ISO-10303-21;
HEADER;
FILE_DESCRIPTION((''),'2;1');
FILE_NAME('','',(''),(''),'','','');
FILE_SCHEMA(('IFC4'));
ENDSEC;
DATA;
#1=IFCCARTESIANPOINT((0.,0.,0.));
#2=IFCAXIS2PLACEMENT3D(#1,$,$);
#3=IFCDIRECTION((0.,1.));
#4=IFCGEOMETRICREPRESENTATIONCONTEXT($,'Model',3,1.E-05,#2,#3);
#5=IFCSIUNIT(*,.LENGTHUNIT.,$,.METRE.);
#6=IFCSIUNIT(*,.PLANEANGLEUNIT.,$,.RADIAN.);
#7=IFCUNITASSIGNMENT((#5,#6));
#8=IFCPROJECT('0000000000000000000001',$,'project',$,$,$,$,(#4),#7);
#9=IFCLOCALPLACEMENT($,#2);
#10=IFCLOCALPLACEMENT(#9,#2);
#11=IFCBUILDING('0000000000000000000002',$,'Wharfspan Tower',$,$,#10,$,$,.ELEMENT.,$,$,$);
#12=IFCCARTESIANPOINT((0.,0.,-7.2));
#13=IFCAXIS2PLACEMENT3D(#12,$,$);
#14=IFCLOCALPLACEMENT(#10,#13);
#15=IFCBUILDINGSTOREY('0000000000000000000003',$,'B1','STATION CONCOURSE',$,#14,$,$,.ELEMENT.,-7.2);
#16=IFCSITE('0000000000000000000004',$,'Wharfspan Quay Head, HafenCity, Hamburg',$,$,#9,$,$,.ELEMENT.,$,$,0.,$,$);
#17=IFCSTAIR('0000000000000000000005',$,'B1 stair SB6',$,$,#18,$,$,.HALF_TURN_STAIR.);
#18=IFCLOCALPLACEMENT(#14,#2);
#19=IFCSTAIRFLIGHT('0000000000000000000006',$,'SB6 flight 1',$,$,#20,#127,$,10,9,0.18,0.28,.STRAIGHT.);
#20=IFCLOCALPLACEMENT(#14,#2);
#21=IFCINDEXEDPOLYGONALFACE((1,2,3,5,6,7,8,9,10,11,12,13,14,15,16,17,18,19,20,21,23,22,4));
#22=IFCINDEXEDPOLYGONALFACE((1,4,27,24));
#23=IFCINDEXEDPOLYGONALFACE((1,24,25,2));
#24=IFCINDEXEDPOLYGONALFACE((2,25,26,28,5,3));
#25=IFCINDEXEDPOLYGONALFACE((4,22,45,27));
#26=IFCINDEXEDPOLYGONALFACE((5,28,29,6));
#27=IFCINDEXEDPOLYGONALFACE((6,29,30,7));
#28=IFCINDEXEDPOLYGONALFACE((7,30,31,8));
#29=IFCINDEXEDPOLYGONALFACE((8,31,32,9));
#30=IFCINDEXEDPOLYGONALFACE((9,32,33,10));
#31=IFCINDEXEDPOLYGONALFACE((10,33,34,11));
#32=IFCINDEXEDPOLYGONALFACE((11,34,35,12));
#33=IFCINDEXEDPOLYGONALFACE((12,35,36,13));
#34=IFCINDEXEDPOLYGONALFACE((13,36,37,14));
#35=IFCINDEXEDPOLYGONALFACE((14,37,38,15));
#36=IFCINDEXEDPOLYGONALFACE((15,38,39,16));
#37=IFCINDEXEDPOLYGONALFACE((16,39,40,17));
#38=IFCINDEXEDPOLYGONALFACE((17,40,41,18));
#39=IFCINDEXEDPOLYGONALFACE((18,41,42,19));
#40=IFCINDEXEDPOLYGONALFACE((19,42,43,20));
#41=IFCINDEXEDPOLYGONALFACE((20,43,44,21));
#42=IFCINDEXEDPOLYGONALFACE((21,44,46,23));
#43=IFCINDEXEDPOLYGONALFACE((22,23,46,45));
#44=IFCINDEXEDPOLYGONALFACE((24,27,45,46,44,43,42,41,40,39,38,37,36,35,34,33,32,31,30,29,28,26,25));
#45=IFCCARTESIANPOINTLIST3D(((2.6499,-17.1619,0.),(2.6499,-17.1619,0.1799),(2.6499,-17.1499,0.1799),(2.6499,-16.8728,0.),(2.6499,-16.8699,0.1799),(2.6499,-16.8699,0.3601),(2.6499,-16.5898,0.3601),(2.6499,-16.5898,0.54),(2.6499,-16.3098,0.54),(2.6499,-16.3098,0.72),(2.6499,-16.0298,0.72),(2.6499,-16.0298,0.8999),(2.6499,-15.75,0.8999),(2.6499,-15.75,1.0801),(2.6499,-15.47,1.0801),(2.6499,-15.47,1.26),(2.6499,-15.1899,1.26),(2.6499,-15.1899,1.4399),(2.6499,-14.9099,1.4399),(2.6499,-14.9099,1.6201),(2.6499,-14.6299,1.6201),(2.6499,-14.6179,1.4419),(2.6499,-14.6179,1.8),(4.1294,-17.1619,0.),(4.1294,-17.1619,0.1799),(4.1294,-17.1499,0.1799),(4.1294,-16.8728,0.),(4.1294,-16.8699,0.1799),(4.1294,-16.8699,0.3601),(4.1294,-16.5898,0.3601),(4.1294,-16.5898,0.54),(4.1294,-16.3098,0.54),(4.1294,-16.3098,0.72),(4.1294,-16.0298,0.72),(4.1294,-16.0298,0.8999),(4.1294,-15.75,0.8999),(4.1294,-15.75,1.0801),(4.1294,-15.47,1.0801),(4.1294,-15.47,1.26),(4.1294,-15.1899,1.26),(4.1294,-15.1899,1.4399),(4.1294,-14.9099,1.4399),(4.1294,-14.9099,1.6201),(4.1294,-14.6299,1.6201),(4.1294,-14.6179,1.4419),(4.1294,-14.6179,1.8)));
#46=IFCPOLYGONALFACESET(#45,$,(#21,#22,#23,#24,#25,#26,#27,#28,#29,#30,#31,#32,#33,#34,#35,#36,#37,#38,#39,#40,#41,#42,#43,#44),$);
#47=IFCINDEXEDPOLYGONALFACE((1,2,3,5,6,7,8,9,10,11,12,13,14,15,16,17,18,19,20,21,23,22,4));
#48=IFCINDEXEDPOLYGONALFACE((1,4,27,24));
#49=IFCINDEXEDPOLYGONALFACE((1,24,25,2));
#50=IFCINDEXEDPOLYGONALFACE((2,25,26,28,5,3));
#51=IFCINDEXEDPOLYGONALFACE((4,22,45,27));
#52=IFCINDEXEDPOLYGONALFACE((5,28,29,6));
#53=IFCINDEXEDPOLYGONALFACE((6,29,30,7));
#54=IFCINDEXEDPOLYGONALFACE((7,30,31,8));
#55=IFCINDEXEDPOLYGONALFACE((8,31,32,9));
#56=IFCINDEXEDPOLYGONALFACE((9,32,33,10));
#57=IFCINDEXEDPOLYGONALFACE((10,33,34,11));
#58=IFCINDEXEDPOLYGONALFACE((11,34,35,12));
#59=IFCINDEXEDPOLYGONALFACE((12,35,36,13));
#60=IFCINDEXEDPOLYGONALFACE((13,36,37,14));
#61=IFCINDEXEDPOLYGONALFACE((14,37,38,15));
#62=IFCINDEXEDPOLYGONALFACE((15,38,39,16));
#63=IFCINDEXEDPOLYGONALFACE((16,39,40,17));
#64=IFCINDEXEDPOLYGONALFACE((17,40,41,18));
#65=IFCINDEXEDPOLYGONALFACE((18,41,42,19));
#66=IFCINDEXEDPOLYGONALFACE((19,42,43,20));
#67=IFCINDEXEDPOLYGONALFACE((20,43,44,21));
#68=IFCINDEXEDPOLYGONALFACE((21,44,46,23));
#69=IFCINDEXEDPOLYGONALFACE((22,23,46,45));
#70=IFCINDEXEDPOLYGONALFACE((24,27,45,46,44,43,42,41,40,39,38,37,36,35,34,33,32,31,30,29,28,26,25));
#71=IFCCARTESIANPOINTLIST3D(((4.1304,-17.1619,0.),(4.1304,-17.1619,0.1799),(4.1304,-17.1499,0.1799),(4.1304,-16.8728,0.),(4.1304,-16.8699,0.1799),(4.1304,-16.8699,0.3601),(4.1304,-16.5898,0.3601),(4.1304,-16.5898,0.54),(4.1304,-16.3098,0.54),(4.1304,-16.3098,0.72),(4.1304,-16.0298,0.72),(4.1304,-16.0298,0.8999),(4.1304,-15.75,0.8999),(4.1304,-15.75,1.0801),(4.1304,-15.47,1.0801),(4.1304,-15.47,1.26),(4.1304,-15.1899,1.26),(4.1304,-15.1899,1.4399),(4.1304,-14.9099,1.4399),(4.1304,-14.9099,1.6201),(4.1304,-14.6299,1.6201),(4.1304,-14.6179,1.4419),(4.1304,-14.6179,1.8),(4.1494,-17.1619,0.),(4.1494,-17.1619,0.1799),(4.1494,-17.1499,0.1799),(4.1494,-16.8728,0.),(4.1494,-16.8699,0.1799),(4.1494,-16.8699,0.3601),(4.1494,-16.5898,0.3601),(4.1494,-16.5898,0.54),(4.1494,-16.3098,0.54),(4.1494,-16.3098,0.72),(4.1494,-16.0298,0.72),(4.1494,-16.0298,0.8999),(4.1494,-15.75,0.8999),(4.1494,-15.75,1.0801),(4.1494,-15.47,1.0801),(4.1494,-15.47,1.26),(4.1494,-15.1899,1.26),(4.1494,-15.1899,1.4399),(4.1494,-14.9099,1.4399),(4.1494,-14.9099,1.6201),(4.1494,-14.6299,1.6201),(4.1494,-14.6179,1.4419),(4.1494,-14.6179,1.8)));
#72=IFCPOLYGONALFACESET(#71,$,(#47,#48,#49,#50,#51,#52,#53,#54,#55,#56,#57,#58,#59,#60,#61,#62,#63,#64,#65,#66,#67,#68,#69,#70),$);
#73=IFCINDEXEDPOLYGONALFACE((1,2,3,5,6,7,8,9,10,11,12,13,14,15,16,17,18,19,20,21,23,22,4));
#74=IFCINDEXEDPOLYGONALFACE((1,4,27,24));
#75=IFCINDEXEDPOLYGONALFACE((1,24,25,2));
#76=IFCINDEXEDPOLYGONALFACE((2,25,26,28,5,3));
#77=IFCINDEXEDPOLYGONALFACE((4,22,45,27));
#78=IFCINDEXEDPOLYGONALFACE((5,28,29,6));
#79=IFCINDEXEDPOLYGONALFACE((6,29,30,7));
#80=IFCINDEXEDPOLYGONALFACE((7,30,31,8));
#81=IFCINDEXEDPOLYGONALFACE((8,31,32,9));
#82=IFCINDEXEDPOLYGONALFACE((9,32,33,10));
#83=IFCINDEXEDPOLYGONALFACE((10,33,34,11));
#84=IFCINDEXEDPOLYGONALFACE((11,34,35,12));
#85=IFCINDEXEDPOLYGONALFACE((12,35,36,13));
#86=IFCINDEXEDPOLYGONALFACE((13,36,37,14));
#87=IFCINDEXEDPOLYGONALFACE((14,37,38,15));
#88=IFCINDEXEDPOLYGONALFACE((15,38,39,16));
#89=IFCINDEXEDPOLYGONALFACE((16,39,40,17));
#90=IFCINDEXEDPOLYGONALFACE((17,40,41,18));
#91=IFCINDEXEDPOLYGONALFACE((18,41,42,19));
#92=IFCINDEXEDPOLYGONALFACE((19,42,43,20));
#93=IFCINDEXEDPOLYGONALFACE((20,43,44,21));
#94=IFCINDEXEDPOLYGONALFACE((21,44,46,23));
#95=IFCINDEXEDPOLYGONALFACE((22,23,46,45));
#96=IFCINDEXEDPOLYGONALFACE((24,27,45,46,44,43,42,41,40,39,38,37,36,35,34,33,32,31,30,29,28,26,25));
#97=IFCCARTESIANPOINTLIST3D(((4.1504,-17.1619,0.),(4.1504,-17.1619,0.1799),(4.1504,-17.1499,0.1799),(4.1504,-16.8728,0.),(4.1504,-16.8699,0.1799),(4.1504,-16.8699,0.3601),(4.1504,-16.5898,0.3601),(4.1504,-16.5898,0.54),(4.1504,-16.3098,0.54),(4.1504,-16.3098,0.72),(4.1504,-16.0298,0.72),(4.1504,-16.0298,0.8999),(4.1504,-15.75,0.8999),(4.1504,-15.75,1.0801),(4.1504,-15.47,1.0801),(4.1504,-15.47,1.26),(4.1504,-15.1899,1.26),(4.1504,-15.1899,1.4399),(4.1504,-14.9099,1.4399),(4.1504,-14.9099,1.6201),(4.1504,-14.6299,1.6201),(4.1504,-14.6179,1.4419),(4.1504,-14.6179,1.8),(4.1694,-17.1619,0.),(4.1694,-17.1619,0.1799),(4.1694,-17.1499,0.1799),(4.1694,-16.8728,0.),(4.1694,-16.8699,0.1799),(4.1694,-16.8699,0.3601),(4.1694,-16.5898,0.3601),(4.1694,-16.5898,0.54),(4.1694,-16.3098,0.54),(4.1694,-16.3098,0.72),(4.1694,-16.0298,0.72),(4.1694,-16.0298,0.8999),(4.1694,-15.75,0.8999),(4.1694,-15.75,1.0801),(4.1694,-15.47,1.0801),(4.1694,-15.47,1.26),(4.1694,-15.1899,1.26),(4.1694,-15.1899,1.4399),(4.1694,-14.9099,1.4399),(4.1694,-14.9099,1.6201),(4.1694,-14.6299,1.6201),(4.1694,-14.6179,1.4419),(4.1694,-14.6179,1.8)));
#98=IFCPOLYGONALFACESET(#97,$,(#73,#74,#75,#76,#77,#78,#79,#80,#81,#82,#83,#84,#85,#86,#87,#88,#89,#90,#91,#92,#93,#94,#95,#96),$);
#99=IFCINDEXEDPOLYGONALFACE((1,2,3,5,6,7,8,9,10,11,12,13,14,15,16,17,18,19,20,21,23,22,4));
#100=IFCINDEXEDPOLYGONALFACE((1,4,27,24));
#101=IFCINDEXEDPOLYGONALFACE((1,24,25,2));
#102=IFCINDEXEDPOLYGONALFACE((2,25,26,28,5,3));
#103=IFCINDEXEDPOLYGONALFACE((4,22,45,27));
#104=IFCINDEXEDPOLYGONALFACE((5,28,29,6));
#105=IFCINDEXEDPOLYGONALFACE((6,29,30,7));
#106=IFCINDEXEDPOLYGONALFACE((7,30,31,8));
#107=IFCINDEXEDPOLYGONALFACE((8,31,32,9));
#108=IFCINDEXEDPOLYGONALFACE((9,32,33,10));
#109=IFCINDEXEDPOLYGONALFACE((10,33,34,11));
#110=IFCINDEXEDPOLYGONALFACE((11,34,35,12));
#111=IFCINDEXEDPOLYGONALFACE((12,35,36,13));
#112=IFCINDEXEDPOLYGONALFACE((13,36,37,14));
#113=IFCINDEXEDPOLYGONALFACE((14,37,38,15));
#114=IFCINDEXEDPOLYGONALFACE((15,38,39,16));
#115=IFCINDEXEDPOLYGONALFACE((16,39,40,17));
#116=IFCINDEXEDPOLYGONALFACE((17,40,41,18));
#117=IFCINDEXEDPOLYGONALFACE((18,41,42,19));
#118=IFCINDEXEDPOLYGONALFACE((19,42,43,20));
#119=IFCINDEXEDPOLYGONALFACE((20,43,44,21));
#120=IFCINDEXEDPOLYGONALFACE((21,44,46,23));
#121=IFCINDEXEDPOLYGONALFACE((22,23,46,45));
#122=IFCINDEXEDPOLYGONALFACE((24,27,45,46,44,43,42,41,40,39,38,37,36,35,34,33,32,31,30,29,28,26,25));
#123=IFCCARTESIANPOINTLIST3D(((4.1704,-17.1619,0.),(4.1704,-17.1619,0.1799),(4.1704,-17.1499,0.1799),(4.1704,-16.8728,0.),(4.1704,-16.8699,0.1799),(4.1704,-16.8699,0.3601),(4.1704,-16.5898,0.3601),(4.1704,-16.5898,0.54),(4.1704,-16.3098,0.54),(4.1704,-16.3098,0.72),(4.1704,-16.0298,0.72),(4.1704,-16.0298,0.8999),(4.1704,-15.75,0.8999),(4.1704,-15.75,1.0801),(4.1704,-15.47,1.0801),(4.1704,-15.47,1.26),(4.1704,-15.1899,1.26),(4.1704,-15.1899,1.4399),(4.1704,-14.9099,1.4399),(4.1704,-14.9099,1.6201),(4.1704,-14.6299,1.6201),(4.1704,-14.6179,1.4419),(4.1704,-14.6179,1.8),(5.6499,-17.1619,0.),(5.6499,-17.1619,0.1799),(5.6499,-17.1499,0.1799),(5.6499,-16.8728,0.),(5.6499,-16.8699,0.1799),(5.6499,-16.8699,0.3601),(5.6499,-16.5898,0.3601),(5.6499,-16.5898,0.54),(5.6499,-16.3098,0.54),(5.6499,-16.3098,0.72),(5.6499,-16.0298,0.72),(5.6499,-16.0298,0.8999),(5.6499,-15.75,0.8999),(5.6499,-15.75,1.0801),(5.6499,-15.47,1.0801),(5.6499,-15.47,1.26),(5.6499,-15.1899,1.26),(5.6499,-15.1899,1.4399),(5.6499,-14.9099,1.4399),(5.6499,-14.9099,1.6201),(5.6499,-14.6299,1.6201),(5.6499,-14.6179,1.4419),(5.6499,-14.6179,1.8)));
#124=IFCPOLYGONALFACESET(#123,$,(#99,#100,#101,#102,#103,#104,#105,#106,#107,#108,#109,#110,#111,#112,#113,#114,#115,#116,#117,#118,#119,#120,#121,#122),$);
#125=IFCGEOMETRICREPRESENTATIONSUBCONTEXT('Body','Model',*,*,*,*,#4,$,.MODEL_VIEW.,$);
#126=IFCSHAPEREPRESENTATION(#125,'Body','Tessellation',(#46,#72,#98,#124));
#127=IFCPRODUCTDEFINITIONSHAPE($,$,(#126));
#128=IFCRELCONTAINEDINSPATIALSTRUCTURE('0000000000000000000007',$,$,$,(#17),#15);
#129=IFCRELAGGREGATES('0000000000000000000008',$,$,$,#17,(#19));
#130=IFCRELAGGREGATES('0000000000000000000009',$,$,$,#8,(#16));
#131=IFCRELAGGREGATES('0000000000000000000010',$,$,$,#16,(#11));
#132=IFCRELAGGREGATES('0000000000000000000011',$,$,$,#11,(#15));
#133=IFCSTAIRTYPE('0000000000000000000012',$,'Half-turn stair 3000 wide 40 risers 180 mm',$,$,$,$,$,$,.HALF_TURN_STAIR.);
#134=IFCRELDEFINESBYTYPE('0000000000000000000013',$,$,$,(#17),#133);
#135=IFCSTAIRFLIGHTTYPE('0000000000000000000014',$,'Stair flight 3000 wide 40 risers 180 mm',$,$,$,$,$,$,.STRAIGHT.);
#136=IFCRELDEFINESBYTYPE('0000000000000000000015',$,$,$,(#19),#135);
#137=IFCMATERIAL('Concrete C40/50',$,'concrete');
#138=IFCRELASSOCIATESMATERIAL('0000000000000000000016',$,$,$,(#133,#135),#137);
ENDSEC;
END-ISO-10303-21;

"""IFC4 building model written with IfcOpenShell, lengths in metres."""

from ifc_helpers import new_model, si_unit, direction, frame, origin, place, context, subcontext, project, spatial, polyline, outline, extrude, material, type_object, element, aggregate, save


model = new_model("IFC4")

# Units and contexts
model_context = context("Model", 3, precision=1e-05, world=origin(), true_north=direction((0.0, 1.0)))
body_context = subcontext(model_context, "Body", "Model", "MODEL_VIEW")
ifc_project = project(units=[si_unit("LENGTHUNIT", "METRE"), si_unit("PLANEANGLEUNIT", "RADIAN")], contexts=[model_context])

# Site, building, storey
site_placement = place(None, origin())
site = spatial("IfcSite", under=ifc_project, at=site_placement, Name="Wharfspan Quay Head, HafenCity, Hamburg", CompositionType="ELEMENT", RefElevation=0.0)
building_placement = place(site_placement, origin())
building = spatial("IfcBuilding", under=site, at=building_placement, Name="Wharfspan Tower", CompositionType="ELEMENT")
storey_placement = place(building_placement, frame((0.0, 0.0, -7.2)))
storey = spatial("IfcBuildingStorey", under=building, at=storey_placement, Name="B1", Description="STATION CONCOURSE", CompositionType="ELEMENT", Elevation=-7.2)

# Stair, stair flight
ifc_material_1 = material(Name="Concrete C40/50", Category="concrete")
stair_type = type_object("IfcStairType", Name="Half-turn stair 3000 wide 40 risers 180 mm", PredefinedType="HALF_TURN_STAIR", material=ifc_material_1)
stair_placement = place(storey_placement, origin())
stair = element("IfcStair", 1, at=stair_placement, inside=storey, type_object=stair_type, Name="B1 stair SB6", PredefinedType="HALF_TURN_STAIR")
stair_flight_type = type_object("IfcStairFlightType", Name="Stair flight 3000 wide 40 risers 180 mm", PredefinedType="STRAIGHT", material=ifc_material_1)
stair_flight_1_placement = place(storey_placement, frame((4.1499, -17.1499, 0.0), z_axis=(0.0, 0.0, 1.0), x_axis=(0.0, 1.0, 0.0)))
stair_flight_1 = element("IfcStairFlight", 2, at=stair_flight_1_placement, type_object=stair_flight_type, Name="SB6 flight 1", NumberOfRisers=10, NumberOfTreads=9, PredefinedType="STRAIGHT", RiserHeight=0.18, TreadLength=0.28, context=body_context, shape_type="SweptSolid", body=[
    extrude(outline(polyline([(-0.012, 0.0), (-0.012, 0.1799), (0.0, 0.1799), (0.28, 0.1799), (0.28, 0.3601), (0.5601, 0.3601), (0.5601, 0.54), (0.8401, 0.54), (0.8401, 0.72), (1.1201, 0.72), (1.1201, 0.8999), (1.3999, 0.8999), (1.3999, 1.0801), (1.6799, 1.0801), (1.6799, 1.26), (1.96, 1.26), (1.96, 1.4399), (2.24, 1.4399), (2.24, 1.6201), (2.52, 1.6201), (2.532, 1.8), (2.532, 1.4419), (0.2771, 0.0), (-0.012, 0.0)])), frame((0.0, 1.5, 0.0), z_axis=(0.0, -1.0, 0.0), x_axis=(1.0, 0.0, 0.0)), (0.0, 0.0, 1.0), 1.4795),
    extrude(outline(polyline([(-0.012, 0.0), (-0.012, 0.1799), (0.0, 0.1799), (0.28, 0.1799), (0.28, 0.3601), (0.5601, 0.3601), (0.5601, 0.54), (0.8401, 0.54), (0.8401, 0.72), (1.1201, 0.72), (1.1201, 0.8999), (1.3999, 0.8999), (1.3999, 1.0801), (1.6799, 1.0801), (1.6799, 1.26), (1.96, 1.26), (1.96, 1.4399), (2.24, 1.4399), (2.24, 1.6201), (2.52, 1.6201), (2.532, 1.8), (2.532, 1.4419), (0.2771, 0.0), (-0.012, 0.0)])), frame((0.0, 0.0195, 0.0), z_axis=(0.0, -1.0, 0.0), x_axis=(1.0, 0.0, 0.0)), (0.0, 0.0, 1.0), 0.019),
    extrude(outline(polyline([(-0.012, 0.0), (-0.012, 0.1799), (0.0, 0.1799), (0.28, 0.1799), (0.28, 0.3601), (0.5601, 0.3601), (0.5601, 0.54), (0.8401, 0.54), (0.8401, 0.72), (1.1201, 0.72), (1.1201, 0.8999), (1.3999, 0.8999), (1.3999, 1.0801), (1.6799, 1.0801), (1.6799, 1.26), (1.96, 1.26), (1.96, 1.4399), (2.24, 1.4399), (2.24, 1.6201), (2.52, 1.6201), (2.532, 1.8), (2.532, 1.4419), (0.2771, 0.0), (-0.012, 0.0)])), frame((0.0, -0.0005, 0.0), z_axis=(0.0, -1.0, 0.0), x_axis=(1.0, 0.0, 0.0)), (0.0, 0.0, 1.0), 0.019),
    extrude(outline(polyline([(-0.012, 0.0), (-0.012, 0.1799), (0.0, 0.1799), (0.28, 0.1799), (0.28, 0.3601), (0.5601, 0.3601), (0.5601, 0.54), (0.8401, 0.54), (0.8401, 0.72), (1.1201, 0.72), (1.1201, 0.8999), (1.3999, 0.8999), (1.3999, 1.0801), (1.6799, 1.0801), (1.6799, 1.26), (1.96, 1.26), (1.96, 1.4399), (2.24, 1.4399), (2.24, 1.6201), (2.52, 1.6201), (2.532, 1.8), (2.532, 1.4419), (0.2771, 0.0), (-0.012, 0.0)])), frame((0.0, -0.0205, 0.0), z_axis=(0.0, -1.0, 0.0), x_axis=(1.0, 0.0, 0.0)), (0.0, 0.0, 1.0), 1.4795),
])
aggregate(stair, [stair_flight_1])

save(model, "model.ifc")
